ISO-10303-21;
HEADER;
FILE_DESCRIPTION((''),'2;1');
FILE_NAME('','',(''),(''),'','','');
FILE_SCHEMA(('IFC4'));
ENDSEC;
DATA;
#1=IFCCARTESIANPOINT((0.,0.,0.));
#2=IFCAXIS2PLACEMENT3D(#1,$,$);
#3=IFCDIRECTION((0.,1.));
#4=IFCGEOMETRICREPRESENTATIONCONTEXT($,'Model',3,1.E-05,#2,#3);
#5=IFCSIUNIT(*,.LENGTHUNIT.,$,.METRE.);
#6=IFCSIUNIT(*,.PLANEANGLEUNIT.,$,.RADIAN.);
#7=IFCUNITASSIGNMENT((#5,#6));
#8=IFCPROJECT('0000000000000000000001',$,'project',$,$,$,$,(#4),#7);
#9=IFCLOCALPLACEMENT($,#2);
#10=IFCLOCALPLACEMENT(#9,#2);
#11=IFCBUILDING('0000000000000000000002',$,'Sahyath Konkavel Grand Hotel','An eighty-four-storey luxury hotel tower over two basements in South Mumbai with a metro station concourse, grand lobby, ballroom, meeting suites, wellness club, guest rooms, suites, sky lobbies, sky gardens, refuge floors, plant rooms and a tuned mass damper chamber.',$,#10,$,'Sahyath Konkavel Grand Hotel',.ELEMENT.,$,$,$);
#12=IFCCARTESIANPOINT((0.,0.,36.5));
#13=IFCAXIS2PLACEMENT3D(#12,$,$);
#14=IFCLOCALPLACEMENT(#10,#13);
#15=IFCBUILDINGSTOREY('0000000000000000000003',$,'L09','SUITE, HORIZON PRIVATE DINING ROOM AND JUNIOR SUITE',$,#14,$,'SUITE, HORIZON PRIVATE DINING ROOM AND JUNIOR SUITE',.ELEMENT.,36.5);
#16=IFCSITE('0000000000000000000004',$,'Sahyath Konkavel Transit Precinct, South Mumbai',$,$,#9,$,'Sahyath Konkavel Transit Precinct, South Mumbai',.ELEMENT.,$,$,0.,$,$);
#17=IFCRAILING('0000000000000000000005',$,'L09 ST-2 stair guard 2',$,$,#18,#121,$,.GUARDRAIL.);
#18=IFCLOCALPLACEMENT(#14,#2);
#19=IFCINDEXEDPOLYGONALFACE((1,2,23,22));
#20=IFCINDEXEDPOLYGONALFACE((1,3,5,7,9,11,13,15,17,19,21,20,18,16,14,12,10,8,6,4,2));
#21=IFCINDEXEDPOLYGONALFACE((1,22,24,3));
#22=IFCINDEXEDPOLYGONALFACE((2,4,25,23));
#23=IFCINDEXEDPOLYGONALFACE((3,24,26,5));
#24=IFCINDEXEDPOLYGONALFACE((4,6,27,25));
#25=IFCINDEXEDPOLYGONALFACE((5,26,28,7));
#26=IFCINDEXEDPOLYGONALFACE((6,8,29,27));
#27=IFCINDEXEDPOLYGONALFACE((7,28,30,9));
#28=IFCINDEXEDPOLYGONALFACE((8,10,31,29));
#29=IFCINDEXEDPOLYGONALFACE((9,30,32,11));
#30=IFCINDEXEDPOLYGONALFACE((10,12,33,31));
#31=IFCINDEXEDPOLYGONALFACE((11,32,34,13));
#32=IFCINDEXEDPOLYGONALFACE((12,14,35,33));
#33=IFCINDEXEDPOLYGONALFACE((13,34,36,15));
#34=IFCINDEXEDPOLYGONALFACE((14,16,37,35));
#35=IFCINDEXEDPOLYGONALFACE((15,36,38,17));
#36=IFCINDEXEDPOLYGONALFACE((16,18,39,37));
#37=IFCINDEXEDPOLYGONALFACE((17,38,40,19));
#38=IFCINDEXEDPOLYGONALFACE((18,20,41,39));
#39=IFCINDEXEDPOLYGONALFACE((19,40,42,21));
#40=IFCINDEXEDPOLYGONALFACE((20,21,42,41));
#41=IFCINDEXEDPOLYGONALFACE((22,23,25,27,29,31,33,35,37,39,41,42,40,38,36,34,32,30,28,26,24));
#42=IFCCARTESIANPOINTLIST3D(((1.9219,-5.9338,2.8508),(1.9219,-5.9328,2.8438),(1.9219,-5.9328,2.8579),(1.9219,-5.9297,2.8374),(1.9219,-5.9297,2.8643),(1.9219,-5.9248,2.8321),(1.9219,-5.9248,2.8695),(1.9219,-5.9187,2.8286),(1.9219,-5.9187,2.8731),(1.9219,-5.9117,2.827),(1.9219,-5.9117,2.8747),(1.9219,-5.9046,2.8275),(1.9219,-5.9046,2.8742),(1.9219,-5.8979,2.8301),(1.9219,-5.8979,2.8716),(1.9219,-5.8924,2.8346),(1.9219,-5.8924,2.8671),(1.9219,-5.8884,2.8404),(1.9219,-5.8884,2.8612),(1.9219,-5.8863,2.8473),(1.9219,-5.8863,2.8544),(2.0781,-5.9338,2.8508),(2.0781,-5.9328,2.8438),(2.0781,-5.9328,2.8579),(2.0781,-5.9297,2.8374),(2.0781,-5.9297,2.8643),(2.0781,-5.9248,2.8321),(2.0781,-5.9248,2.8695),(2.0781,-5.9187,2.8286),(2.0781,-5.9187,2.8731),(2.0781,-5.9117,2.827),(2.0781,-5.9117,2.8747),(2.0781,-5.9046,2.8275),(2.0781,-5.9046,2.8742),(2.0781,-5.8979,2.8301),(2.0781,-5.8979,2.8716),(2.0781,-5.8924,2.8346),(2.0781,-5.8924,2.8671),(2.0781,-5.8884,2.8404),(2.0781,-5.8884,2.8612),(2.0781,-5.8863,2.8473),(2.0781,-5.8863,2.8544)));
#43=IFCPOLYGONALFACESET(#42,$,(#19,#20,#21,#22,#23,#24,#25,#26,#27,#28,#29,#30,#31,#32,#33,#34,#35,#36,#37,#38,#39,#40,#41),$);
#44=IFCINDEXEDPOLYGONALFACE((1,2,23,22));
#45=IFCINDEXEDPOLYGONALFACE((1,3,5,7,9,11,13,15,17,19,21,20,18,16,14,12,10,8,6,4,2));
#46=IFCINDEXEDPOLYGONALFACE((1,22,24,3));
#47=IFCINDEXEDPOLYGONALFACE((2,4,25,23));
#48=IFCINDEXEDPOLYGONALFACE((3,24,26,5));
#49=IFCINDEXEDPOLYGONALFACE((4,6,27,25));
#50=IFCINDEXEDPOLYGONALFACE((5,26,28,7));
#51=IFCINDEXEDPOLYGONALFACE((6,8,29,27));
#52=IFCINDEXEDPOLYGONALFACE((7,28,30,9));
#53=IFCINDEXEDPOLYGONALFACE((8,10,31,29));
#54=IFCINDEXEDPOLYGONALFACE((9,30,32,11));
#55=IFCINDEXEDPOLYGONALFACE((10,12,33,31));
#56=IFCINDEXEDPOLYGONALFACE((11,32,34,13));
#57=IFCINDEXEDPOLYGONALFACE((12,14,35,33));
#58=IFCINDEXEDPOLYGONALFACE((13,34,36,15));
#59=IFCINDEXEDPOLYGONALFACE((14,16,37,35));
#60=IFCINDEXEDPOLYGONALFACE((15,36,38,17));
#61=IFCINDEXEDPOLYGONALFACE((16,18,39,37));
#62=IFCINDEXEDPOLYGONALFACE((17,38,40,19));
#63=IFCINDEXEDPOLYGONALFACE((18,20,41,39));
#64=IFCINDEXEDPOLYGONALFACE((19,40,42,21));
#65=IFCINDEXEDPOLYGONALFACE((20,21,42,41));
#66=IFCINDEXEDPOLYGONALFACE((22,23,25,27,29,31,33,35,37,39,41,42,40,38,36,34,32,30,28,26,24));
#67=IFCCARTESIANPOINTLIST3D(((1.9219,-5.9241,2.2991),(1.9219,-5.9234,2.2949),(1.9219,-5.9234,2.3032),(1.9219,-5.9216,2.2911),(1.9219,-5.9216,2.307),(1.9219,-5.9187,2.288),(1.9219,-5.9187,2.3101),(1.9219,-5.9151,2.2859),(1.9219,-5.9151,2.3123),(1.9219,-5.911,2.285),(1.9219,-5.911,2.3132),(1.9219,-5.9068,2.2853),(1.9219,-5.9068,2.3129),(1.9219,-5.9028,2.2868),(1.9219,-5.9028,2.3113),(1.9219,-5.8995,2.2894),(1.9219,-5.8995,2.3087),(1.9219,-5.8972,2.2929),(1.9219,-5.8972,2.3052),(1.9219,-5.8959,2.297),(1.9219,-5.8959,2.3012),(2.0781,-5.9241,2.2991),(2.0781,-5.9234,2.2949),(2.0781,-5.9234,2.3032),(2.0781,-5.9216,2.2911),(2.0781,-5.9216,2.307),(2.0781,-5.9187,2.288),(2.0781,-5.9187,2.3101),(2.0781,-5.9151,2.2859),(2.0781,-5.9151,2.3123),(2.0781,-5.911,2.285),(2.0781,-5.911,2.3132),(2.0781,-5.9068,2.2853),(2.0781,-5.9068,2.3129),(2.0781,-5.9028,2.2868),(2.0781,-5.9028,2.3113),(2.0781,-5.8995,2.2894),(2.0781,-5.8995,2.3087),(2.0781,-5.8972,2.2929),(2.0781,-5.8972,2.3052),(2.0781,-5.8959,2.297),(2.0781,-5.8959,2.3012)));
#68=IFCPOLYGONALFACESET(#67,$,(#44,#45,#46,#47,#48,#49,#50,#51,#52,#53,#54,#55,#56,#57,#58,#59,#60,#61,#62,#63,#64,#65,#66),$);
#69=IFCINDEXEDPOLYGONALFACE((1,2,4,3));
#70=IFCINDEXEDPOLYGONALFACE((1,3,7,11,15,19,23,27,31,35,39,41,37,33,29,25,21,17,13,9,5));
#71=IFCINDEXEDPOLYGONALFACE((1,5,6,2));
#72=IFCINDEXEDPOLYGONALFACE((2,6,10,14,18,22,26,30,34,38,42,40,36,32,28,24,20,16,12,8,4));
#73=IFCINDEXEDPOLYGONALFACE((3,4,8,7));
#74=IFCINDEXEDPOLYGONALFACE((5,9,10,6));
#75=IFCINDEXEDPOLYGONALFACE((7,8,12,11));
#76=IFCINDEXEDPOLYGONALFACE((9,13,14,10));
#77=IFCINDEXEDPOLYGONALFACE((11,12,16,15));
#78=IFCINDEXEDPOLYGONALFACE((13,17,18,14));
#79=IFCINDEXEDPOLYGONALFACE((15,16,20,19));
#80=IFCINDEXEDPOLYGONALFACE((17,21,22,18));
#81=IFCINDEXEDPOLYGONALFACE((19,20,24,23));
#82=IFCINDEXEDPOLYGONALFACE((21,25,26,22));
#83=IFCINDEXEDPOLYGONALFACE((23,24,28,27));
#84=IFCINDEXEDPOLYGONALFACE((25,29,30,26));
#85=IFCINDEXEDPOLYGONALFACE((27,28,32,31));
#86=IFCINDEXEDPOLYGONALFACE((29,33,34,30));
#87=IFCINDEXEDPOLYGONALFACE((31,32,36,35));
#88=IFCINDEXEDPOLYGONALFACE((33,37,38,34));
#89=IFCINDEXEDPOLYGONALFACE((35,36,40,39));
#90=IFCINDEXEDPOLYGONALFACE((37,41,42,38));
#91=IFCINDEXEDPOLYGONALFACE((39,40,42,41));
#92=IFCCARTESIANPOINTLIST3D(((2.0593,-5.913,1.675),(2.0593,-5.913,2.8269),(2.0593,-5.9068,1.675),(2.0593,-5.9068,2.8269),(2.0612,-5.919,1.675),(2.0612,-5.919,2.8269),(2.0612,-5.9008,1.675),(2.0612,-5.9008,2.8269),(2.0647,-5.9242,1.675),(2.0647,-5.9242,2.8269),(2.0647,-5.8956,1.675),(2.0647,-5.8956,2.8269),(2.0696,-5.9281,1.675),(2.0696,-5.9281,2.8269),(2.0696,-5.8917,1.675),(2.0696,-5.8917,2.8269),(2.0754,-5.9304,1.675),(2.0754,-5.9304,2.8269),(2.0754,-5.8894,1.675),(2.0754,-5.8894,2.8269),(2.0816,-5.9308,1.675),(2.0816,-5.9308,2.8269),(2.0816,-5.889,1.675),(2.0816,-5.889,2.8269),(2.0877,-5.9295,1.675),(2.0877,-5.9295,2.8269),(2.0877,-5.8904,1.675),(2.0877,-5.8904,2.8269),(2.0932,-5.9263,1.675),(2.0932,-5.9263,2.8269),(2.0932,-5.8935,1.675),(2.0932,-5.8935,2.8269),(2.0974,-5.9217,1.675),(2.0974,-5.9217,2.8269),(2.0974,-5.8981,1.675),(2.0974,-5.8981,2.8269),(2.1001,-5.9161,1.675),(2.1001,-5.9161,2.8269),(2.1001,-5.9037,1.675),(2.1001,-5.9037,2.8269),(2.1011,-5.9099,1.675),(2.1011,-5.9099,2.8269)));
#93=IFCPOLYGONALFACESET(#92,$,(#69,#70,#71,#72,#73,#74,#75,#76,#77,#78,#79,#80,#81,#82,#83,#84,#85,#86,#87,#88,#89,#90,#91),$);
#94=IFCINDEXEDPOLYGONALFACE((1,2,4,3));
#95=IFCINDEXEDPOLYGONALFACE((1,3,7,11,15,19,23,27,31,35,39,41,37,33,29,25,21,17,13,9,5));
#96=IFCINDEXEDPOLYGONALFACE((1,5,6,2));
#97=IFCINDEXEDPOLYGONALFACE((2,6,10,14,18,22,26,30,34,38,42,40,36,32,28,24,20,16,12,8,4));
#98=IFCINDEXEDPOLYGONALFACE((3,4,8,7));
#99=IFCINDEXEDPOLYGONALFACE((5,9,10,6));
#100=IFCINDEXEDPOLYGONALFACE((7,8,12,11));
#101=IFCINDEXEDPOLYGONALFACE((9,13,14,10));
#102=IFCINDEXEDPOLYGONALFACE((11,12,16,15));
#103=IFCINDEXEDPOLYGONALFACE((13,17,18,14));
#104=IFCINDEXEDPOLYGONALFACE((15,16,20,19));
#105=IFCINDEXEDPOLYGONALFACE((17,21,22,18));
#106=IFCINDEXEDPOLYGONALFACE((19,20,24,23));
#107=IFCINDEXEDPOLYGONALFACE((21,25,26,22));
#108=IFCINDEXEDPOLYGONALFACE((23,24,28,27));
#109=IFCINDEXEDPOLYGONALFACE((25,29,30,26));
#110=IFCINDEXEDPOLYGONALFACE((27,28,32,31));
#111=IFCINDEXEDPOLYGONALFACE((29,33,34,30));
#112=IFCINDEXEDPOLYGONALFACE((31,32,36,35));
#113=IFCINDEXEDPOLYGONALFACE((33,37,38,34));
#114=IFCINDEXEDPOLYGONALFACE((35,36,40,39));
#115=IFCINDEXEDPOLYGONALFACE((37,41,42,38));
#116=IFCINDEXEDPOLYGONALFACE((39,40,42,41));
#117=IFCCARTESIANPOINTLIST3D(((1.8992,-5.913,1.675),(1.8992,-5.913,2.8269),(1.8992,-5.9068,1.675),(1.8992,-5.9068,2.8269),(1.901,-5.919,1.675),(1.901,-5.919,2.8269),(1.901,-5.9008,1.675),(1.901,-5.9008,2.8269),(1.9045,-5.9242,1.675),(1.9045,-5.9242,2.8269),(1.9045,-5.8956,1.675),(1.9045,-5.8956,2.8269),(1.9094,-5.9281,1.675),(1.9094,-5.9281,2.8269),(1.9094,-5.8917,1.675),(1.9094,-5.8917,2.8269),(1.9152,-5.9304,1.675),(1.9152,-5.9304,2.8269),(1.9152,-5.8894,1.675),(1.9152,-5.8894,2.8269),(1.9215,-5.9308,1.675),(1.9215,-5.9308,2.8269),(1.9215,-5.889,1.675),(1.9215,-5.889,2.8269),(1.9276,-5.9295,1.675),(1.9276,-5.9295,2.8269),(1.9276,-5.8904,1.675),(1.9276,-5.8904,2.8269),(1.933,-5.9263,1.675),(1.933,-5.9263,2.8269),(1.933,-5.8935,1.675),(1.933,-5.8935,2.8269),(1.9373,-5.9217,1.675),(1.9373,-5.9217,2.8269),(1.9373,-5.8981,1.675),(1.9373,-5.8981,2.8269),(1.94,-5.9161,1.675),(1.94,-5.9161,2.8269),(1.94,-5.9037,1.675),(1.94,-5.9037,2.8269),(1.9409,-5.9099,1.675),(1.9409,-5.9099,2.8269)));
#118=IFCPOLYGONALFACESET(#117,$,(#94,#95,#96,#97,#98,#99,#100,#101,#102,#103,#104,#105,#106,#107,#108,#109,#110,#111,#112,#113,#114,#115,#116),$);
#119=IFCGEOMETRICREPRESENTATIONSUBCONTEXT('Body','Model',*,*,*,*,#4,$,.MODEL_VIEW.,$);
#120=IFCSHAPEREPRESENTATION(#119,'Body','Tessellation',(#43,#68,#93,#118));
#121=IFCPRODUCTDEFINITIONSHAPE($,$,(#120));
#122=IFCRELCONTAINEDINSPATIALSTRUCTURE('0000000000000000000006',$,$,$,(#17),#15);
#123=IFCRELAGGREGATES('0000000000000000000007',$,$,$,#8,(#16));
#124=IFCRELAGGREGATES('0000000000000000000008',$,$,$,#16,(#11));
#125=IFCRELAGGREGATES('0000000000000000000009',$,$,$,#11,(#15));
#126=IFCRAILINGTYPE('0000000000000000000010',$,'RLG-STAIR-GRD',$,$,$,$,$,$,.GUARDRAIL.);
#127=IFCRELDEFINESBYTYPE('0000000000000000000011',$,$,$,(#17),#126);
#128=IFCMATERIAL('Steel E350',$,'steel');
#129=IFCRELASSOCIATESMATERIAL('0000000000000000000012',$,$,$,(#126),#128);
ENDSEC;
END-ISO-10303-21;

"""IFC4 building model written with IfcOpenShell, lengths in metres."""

from ifc_helpers import new_model, si_unit, direction, frame, origin, origin_2d, place, context, subcontext, project, spatial, circle, extrude, material, type_object, element, save


model = new_model("IFC4")

# Units and contexts
model_context = context("Model", 3, precision=1e-05, world=origin(), true_north=direction((0.0, 1.0)))
body_context = subcontext(model_context, "Body", "Model", "MODEL_VIEW")
ifc_project = project(units=[si_unit("LENGTHUNIT", "METRE"), si_unit("PLANEANGLEUNIT", "RADIAN")], contexts=[model_context])

# Site, building, storey
site_placement = place(None, origin())
site = spatial("IfcSite", under=ifc_project, at=site_placement, Name="Sahyath Konkavel Transit Precinct, South Mumbai", LongName="Sahyath Konkavel Transit Precinct, South Mumbai", CompositionType="ELEMENT", RefElevation=0.0)
building_placement = place(site_placement, origin())
building = spatial("IfcBuilding", under=site, at=building_placement, Name="Sahyath Konkavel Grand Hotel", Description="An eighty-four-storey luxury hotel tower over two basements in South Mumbai with a metro station concourse, grand lobby, ballroom, meeting suites, wellness club, guest rooms, suites, sky lobbies, sky gardens, refuge floors, plant rooms and a tuned mass damper chamber.", LongName="Sahyath Konkavel Grand Hotel", CompositionType="ELEMENT")
storey_placement = place(building_placement, frame((0.0, 0.0, 36.5)))
storey = spatial("IfcBuildingStorey", under=building, at=storey_placement, Name="L09", Description="SUITE, HORIZON PRIVATE DINING ROOM AND JUNIOR SUITE", LongName="SUITE, HORIZON PRIVATE DINING ROOM AND JUNIOR SUITE", CompositionType="ELEMENT", Elevation=36.5)

# Shared definitions
ifc_material_1 = material(Name="Steel E350", Category="steel")

# Railing
railing_type_1 = type_object("IfcRailingType", Name="RLG-STAIR-GRD", PredefinedType="GUARDRAIL", material=ifc_material_1)
railing_1_placement = place(storey_placement, frame((2.0801, -5.9099, 1.675)))
element("IfcRailing", 1, at=railing_1_placement, inside=storey, type_object=railing_type_1, Name="L09 ST-2 stair guard 2", PredefinedType="GUARDRAIL", context=body_context, shape_type="SweptSolid", body=[
    extrude(circle(Radius=0.0239, at=origin_2d()), frame((-0.002, 0.0, 1.1758), z_axis=(-1.0, 0.0, 0.0), x_axis=(0.0, -1.0, 0.0)), (0.0, 0.0, 1.0), 0.1562),
    extrude(circle(Radius=0.0142, at=origin_2d()), frame((-0.002, 0.0, 0.624), z_axis=(-1.0, 0.0, 0.0), x_axis=(0.0, -1.0, 0.0)), (0.0, 0.0, 1.0), 0.1562),
    extrude(circle(Radius=0.021, at=origin_2d()), origin(), (0.0, 0.0, 1.0), 1.1519),
    extrude(circle(Radius=0.021, at=origin_2d()), frame((-0.1602, 0.0, 0.0)), (0.0, 0.0, 1.0), 1.1519),
])

save(model, "model.ifc")
